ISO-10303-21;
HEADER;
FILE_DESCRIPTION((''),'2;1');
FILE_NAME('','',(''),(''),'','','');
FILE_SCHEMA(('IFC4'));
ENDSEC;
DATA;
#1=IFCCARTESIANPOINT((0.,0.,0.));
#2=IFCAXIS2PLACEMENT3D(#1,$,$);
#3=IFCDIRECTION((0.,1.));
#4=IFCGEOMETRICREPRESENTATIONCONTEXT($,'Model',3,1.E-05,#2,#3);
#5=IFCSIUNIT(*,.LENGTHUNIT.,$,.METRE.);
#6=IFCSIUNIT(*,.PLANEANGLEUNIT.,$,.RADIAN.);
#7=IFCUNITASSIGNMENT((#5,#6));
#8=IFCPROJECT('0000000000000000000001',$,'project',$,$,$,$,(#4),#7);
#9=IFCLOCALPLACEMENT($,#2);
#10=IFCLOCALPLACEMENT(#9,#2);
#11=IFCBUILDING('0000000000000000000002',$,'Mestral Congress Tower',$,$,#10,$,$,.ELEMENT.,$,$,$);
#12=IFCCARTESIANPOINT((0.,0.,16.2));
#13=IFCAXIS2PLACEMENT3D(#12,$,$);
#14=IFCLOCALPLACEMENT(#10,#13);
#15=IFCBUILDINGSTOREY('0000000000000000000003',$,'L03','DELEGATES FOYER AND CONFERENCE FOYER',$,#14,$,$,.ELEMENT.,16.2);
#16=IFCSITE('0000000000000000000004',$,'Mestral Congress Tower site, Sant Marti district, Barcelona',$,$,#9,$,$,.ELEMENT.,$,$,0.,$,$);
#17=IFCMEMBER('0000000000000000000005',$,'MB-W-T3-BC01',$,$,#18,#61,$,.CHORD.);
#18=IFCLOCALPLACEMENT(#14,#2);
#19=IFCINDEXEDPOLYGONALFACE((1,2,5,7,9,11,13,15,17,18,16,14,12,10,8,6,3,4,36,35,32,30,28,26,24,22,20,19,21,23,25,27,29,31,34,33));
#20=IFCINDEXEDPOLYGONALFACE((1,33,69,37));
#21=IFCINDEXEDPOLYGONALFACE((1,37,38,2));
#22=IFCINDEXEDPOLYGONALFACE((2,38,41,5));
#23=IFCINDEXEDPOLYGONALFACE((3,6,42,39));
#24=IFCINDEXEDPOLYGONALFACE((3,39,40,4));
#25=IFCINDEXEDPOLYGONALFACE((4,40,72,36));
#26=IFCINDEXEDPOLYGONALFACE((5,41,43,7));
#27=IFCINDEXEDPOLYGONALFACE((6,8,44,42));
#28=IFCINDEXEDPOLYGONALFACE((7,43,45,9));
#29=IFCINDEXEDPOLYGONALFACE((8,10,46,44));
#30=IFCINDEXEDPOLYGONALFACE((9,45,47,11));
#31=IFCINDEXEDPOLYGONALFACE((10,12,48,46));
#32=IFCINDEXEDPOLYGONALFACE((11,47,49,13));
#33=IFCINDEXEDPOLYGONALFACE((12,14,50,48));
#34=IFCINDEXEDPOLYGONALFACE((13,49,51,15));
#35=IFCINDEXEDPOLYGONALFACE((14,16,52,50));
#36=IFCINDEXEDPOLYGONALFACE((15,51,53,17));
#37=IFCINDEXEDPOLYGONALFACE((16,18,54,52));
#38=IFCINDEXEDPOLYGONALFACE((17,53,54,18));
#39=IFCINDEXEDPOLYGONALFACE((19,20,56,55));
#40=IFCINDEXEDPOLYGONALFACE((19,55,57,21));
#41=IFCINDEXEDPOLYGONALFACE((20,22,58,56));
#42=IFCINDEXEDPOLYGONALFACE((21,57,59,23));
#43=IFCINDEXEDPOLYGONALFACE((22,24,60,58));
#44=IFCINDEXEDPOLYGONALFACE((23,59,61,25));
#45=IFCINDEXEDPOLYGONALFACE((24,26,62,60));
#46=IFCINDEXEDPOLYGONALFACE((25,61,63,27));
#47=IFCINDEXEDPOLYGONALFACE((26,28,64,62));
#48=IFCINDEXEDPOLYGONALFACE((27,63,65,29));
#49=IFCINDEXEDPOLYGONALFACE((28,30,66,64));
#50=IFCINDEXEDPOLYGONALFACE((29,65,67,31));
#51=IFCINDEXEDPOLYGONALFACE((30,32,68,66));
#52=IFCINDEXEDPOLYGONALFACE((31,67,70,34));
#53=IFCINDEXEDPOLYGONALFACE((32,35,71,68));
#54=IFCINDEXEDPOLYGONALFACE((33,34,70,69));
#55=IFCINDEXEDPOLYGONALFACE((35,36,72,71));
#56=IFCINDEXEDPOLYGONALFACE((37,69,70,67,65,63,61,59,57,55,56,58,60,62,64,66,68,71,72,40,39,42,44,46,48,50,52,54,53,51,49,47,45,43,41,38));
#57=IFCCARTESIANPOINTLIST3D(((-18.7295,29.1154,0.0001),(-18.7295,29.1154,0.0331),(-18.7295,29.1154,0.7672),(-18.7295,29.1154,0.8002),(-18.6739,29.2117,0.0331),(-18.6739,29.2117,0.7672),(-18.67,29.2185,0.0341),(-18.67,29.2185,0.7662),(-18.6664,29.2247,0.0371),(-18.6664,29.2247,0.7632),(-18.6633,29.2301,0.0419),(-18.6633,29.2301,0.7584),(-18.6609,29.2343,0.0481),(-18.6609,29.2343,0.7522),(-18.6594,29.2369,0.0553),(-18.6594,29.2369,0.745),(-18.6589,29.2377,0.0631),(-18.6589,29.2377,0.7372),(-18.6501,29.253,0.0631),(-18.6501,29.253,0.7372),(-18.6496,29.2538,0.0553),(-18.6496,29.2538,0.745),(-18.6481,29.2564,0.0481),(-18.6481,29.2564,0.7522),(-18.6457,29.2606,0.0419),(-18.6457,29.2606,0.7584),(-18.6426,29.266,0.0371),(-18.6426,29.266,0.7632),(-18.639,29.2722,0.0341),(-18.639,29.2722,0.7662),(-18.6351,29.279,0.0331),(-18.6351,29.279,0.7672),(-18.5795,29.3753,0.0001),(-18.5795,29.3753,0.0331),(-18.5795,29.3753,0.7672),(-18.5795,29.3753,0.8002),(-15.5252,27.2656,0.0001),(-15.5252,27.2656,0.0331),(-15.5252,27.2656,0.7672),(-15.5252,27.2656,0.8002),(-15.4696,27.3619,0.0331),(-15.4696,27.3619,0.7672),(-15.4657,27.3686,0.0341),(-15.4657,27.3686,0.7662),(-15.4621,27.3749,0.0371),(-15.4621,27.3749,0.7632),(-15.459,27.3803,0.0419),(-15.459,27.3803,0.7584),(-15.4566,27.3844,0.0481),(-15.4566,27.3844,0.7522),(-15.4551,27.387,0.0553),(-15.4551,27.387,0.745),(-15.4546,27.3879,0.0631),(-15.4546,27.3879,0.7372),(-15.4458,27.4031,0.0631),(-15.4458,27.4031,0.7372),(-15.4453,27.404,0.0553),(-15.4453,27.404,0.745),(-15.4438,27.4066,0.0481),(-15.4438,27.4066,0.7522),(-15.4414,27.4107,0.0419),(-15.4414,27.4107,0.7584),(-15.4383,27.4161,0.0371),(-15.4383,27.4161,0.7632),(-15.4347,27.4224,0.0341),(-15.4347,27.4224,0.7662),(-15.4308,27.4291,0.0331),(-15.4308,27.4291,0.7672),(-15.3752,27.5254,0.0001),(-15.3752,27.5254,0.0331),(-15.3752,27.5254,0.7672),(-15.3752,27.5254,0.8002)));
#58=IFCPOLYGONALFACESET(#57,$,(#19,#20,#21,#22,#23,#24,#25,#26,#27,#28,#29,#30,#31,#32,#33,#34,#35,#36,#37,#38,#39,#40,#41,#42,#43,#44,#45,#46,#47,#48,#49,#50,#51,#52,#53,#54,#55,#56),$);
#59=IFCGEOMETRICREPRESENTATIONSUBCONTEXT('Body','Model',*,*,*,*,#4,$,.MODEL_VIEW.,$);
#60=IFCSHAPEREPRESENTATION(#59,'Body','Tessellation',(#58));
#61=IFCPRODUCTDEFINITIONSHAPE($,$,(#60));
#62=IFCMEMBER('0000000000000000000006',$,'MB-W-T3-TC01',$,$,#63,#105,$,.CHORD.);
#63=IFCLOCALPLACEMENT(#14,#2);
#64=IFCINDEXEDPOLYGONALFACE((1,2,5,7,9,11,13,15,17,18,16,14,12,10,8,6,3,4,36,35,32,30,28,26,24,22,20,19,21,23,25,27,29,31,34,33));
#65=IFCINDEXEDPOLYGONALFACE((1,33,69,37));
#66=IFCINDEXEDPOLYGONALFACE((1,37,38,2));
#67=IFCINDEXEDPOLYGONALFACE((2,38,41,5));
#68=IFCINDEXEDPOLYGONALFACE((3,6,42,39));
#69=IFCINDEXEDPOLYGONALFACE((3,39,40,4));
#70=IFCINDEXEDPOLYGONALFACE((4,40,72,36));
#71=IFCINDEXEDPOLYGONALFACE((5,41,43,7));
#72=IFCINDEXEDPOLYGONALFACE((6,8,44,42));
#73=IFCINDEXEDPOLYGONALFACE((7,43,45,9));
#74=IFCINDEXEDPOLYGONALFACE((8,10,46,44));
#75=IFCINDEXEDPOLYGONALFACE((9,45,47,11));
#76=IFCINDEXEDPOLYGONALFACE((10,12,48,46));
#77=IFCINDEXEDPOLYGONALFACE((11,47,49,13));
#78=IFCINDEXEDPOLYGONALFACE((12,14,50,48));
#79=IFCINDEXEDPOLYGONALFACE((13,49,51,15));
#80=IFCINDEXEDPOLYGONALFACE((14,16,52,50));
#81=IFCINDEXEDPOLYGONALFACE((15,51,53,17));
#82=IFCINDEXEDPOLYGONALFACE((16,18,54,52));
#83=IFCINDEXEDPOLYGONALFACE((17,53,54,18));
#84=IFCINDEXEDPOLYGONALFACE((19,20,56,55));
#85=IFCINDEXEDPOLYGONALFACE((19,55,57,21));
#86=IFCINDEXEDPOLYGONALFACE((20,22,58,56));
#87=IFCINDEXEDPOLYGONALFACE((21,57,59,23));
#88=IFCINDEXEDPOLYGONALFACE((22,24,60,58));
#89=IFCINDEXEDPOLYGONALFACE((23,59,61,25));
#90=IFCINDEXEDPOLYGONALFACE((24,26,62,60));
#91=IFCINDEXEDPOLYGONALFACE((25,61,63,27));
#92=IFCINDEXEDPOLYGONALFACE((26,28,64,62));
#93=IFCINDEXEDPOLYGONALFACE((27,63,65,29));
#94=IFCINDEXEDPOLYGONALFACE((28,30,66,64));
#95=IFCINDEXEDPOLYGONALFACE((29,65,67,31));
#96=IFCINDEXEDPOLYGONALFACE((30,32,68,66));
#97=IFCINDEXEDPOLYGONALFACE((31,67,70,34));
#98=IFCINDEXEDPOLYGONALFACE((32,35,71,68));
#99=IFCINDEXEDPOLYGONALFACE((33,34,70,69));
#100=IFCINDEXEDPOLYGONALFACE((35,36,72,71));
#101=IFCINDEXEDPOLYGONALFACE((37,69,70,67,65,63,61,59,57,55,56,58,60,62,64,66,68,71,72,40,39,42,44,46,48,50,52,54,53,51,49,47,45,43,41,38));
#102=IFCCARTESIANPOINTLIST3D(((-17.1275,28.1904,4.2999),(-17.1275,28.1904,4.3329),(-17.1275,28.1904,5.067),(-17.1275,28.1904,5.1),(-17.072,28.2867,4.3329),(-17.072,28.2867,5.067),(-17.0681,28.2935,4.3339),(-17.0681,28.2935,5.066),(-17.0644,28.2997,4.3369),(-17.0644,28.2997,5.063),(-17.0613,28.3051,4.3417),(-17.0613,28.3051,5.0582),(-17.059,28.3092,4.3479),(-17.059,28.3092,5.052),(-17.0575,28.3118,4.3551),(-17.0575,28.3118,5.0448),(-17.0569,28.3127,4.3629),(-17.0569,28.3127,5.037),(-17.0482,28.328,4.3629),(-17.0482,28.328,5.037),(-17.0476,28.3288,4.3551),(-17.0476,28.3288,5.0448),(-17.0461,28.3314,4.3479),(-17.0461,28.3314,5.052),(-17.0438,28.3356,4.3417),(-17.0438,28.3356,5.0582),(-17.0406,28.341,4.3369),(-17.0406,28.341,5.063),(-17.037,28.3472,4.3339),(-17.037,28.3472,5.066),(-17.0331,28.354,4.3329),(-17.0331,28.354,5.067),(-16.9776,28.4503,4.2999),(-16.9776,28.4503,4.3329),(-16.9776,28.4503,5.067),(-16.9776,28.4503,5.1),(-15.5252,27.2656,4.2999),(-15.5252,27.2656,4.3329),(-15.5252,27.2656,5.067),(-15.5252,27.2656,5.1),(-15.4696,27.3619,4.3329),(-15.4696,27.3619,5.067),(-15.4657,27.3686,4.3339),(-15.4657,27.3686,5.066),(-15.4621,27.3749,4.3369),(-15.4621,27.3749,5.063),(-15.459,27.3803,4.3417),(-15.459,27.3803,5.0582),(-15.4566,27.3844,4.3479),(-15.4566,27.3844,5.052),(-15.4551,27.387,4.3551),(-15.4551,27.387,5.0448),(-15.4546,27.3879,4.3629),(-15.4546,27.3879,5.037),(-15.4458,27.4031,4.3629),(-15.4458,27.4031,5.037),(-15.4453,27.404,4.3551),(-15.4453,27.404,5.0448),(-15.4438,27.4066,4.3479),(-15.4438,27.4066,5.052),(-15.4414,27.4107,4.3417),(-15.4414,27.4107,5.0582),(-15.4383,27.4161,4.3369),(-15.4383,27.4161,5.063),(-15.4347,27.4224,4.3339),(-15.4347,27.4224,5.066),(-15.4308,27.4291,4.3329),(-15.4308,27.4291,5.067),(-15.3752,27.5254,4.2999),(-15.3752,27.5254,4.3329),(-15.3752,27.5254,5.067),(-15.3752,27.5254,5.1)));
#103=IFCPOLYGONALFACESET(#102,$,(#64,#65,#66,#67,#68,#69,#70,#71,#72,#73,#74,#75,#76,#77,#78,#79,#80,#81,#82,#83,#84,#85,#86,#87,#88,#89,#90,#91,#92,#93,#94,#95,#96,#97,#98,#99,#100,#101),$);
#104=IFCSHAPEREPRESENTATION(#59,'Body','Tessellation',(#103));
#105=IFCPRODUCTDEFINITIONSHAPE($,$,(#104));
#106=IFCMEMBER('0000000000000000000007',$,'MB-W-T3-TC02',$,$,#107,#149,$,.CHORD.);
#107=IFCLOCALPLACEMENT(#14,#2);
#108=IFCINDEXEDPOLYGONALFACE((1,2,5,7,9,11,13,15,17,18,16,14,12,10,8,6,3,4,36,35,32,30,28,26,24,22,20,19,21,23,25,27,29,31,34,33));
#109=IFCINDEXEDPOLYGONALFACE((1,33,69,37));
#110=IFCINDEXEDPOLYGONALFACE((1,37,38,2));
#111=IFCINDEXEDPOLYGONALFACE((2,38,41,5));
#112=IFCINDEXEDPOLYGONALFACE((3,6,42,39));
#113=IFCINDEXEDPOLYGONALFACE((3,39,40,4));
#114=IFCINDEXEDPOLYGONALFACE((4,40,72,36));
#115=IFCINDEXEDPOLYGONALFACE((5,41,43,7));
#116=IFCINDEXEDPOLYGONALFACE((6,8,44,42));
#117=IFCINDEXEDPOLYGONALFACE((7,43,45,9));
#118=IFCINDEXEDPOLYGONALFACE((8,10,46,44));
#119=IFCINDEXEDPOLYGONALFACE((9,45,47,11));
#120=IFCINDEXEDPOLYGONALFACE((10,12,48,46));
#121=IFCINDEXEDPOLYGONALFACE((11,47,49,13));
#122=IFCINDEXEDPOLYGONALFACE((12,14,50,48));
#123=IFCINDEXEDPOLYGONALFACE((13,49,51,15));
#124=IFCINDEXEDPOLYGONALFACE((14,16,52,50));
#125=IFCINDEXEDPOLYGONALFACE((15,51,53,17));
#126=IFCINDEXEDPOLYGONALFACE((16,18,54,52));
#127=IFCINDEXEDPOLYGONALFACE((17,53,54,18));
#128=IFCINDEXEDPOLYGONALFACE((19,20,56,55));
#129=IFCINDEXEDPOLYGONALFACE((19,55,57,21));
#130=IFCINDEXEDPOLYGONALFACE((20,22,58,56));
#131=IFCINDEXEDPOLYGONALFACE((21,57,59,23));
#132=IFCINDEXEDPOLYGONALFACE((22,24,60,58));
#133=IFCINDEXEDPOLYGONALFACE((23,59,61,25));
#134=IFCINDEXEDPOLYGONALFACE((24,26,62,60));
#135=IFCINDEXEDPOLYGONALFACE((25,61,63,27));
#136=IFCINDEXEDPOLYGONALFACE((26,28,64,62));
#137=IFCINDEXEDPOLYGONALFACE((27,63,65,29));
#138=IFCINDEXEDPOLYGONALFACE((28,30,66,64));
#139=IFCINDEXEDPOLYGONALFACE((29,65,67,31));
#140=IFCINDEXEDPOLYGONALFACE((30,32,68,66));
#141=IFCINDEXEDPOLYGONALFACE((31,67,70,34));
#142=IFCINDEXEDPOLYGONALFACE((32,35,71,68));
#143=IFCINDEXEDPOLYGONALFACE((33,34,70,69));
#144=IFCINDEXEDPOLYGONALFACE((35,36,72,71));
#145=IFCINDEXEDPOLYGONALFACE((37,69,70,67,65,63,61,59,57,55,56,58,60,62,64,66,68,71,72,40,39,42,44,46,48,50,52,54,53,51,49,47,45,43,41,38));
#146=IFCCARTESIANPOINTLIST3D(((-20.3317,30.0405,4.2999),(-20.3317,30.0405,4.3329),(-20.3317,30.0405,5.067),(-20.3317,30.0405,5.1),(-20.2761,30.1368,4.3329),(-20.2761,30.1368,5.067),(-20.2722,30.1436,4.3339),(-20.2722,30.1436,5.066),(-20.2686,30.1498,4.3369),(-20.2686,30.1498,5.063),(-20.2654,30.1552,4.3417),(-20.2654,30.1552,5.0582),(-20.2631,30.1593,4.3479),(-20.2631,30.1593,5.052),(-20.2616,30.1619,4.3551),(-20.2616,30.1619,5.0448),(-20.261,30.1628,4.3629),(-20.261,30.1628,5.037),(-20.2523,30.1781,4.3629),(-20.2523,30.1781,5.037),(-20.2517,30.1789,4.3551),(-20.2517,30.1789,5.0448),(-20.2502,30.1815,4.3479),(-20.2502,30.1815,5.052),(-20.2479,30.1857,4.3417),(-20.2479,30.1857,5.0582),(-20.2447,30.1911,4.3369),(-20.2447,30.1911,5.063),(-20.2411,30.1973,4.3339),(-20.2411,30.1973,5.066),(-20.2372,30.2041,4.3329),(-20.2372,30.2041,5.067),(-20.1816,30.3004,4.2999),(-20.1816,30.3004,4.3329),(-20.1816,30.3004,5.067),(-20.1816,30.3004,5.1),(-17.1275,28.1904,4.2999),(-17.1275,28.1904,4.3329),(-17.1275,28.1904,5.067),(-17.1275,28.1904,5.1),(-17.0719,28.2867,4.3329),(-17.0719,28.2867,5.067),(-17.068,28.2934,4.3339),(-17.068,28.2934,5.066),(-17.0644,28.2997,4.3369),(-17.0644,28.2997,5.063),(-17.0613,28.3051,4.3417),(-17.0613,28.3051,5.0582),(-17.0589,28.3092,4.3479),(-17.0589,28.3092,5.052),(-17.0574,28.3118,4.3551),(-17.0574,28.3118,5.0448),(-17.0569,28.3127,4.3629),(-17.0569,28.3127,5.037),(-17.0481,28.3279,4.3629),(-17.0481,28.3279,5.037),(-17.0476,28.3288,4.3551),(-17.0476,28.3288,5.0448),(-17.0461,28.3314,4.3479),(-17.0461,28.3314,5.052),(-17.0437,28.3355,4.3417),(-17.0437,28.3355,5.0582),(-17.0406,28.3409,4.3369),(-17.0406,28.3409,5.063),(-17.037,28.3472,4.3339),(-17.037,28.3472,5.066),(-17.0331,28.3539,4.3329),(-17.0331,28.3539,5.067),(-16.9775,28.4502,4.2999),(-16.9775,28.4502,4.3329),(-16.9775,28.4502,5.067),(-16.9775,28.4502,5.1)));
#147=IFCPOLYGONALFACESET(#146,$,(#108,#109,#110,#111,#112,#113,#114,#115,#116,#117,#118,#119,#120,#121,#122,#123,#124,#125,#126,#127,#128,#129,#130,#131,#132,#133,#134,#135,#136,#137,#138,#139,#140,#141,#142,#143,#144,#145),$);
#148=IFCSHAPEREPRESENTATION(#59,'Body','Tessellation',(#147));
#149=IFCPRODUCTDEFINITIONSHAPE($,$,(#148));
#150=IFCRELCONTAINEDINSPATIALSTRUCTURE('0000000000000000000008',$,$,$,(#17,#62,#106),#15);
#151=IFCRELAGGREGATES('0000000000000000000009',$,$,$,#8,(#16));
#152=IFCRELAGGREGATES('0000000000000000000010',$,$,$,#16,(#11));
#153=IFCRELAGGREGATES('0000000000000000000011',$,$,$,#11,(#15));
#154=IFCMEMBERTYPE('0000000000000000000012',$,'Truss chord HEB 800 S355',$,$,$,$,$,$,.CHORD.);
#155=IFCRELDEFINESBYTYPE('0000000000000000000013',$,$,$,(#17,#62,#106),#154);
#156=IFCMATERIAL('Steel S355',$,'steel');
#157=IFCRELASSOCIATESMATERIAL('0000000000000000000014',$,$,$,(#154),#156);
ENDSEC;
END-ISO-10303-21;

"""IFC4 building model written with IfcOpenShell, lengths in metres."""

from ifc_helpers import new_model, si_unit, direction, frame, origin, origin_2d, place, context, subcontext, project, spatial, i_section, extrude, material, material_profile, profile_set, type_object, element, save


model = new_model("IFC4")

# Units and contexts
model_context = context("Model", 3, precision=1e-05, world=origin(), true_north=direction((0.0, 1.0)))
body_context = subcontext(model_context, "Body", "Model", "MODEL_VIEW")
ifc_project = project(units=[si_unit("LENGTHUNIT", "METRE"), si_unit("PLANEANGLEUNIT", "RADIAN")], contexts=[model_context])

# Site, building, storey
site_placement = place(None, origin())
site = spatial("IfcSite", under=ifc_project, at=site_placement, Name="Mestral Congress Tower site, Sant Marti district, Barcelona", CompositionType="ELEMENT", RefElevation=0.0)
building_placement = place(site_placement, origin())
building = spatial("IfcBuilding", under=site, at=building_placement, Name="Mestral Congress Tower", CompositionType="ELEMENT")
storey_placement = place(building_placement, frame((0.0, 0.0, 16.2)))
storey = spatial("IfcBuildingStorey", under=building, at=storey_placement, Name="L03", Description="DELEGATES FOYER AND CONFERENCE FOYER", CompositionType="ELEMENT", Elevation=16.2)

# Members
ifc_material_1 = material(Name="Steel S355", Category="steel")
ifc_material_profile_1 = material_profile(ifc_material_1, i_section(OverallWidth=0.3, OverallDepth=0.8, WebThickness=0.0176, FlangeThickness=0.033, FilletRadius=0.03, at=origin_2d()), Name="HEB 800")
ifc_profile_set_1 = profile_set([ifc_material_profile_1], Name="Steel S355")
member_type_1 = type_object("IfcMemberType", Name="Truss chord HEB 800 S355", PredefinedType="CHORD", material=ifc_profile_set_1)
member_1_placement = place(storey_placement, frame((-15.4502, 27.3955, 0.4001), z_axis=(-0.866046, 0.499964, 0.0), x_axis=(-0.499964, -0.866046, 0.0)))
element("IfcMember", 1, at=member_1_placement, inside=storey, type_object=member_type_1, Name="MB-W-T3-BC01", PredefinedType="CHORD", context=body_context, shape_type="SweptSolid", body=[
    extrude(i_section(OverallWidth=0.3, OverallDepth=0.8, WebThickness=0.0176, FlangeThickness=0.033, FilletRadius=0.03, at=origin_2d()), origin(), (0.0, 0.0, 1.0), 3.7),
])
member_2_placement = place(storey_placement, frame((-15.4502, 27.3955, 4.7), z_axis=(-0.866091, 0.499886, 0.0), x_axis=(-0.499886, -0.866091, 0.0)))
element("IfcMember", 2, at=member_2_placement, inside=storey, type_object=member_type_1, Name="MB-W-T3-TC01", PredefinedType="CHORD", context=body_context, shape_type="SweptSolid", body=[
    extrude(i_section(OverallWidth=0.3, OverallDepth=0.8, WebThickness=0.0176, FlangeThickness=0.033, FilletRadius=0.03, at=origin_2d()), origin(), (0.0, 0.0, 1.0), 1.8501),
])
member_3_placement = place(storey_placement, frame((-17.0525, 28.3203, 4.7), z_axis=(-0.866001, 0.500042, 0.0), x_axis=(-0.500042, -0.866001, 0.0)))
element("IfcMember", 3, at=member_3_placement, inside=storey, type_object=member_type_1, Name="MB-W-T3-TC02", PredefinedType="CHORD", context=body_context, shape_type="SweptSolid", body=[
    extrude(i_section(OverallWidth=0.3, OverallDepth=0.8, WebThickness=0.0176, FlangeThickness=0.033, FilletRadius=0.03, at=origin_2d()), origin(), (0.0, 0.0, 1.0), 3.7),
])

save(model, "model.ifc")
